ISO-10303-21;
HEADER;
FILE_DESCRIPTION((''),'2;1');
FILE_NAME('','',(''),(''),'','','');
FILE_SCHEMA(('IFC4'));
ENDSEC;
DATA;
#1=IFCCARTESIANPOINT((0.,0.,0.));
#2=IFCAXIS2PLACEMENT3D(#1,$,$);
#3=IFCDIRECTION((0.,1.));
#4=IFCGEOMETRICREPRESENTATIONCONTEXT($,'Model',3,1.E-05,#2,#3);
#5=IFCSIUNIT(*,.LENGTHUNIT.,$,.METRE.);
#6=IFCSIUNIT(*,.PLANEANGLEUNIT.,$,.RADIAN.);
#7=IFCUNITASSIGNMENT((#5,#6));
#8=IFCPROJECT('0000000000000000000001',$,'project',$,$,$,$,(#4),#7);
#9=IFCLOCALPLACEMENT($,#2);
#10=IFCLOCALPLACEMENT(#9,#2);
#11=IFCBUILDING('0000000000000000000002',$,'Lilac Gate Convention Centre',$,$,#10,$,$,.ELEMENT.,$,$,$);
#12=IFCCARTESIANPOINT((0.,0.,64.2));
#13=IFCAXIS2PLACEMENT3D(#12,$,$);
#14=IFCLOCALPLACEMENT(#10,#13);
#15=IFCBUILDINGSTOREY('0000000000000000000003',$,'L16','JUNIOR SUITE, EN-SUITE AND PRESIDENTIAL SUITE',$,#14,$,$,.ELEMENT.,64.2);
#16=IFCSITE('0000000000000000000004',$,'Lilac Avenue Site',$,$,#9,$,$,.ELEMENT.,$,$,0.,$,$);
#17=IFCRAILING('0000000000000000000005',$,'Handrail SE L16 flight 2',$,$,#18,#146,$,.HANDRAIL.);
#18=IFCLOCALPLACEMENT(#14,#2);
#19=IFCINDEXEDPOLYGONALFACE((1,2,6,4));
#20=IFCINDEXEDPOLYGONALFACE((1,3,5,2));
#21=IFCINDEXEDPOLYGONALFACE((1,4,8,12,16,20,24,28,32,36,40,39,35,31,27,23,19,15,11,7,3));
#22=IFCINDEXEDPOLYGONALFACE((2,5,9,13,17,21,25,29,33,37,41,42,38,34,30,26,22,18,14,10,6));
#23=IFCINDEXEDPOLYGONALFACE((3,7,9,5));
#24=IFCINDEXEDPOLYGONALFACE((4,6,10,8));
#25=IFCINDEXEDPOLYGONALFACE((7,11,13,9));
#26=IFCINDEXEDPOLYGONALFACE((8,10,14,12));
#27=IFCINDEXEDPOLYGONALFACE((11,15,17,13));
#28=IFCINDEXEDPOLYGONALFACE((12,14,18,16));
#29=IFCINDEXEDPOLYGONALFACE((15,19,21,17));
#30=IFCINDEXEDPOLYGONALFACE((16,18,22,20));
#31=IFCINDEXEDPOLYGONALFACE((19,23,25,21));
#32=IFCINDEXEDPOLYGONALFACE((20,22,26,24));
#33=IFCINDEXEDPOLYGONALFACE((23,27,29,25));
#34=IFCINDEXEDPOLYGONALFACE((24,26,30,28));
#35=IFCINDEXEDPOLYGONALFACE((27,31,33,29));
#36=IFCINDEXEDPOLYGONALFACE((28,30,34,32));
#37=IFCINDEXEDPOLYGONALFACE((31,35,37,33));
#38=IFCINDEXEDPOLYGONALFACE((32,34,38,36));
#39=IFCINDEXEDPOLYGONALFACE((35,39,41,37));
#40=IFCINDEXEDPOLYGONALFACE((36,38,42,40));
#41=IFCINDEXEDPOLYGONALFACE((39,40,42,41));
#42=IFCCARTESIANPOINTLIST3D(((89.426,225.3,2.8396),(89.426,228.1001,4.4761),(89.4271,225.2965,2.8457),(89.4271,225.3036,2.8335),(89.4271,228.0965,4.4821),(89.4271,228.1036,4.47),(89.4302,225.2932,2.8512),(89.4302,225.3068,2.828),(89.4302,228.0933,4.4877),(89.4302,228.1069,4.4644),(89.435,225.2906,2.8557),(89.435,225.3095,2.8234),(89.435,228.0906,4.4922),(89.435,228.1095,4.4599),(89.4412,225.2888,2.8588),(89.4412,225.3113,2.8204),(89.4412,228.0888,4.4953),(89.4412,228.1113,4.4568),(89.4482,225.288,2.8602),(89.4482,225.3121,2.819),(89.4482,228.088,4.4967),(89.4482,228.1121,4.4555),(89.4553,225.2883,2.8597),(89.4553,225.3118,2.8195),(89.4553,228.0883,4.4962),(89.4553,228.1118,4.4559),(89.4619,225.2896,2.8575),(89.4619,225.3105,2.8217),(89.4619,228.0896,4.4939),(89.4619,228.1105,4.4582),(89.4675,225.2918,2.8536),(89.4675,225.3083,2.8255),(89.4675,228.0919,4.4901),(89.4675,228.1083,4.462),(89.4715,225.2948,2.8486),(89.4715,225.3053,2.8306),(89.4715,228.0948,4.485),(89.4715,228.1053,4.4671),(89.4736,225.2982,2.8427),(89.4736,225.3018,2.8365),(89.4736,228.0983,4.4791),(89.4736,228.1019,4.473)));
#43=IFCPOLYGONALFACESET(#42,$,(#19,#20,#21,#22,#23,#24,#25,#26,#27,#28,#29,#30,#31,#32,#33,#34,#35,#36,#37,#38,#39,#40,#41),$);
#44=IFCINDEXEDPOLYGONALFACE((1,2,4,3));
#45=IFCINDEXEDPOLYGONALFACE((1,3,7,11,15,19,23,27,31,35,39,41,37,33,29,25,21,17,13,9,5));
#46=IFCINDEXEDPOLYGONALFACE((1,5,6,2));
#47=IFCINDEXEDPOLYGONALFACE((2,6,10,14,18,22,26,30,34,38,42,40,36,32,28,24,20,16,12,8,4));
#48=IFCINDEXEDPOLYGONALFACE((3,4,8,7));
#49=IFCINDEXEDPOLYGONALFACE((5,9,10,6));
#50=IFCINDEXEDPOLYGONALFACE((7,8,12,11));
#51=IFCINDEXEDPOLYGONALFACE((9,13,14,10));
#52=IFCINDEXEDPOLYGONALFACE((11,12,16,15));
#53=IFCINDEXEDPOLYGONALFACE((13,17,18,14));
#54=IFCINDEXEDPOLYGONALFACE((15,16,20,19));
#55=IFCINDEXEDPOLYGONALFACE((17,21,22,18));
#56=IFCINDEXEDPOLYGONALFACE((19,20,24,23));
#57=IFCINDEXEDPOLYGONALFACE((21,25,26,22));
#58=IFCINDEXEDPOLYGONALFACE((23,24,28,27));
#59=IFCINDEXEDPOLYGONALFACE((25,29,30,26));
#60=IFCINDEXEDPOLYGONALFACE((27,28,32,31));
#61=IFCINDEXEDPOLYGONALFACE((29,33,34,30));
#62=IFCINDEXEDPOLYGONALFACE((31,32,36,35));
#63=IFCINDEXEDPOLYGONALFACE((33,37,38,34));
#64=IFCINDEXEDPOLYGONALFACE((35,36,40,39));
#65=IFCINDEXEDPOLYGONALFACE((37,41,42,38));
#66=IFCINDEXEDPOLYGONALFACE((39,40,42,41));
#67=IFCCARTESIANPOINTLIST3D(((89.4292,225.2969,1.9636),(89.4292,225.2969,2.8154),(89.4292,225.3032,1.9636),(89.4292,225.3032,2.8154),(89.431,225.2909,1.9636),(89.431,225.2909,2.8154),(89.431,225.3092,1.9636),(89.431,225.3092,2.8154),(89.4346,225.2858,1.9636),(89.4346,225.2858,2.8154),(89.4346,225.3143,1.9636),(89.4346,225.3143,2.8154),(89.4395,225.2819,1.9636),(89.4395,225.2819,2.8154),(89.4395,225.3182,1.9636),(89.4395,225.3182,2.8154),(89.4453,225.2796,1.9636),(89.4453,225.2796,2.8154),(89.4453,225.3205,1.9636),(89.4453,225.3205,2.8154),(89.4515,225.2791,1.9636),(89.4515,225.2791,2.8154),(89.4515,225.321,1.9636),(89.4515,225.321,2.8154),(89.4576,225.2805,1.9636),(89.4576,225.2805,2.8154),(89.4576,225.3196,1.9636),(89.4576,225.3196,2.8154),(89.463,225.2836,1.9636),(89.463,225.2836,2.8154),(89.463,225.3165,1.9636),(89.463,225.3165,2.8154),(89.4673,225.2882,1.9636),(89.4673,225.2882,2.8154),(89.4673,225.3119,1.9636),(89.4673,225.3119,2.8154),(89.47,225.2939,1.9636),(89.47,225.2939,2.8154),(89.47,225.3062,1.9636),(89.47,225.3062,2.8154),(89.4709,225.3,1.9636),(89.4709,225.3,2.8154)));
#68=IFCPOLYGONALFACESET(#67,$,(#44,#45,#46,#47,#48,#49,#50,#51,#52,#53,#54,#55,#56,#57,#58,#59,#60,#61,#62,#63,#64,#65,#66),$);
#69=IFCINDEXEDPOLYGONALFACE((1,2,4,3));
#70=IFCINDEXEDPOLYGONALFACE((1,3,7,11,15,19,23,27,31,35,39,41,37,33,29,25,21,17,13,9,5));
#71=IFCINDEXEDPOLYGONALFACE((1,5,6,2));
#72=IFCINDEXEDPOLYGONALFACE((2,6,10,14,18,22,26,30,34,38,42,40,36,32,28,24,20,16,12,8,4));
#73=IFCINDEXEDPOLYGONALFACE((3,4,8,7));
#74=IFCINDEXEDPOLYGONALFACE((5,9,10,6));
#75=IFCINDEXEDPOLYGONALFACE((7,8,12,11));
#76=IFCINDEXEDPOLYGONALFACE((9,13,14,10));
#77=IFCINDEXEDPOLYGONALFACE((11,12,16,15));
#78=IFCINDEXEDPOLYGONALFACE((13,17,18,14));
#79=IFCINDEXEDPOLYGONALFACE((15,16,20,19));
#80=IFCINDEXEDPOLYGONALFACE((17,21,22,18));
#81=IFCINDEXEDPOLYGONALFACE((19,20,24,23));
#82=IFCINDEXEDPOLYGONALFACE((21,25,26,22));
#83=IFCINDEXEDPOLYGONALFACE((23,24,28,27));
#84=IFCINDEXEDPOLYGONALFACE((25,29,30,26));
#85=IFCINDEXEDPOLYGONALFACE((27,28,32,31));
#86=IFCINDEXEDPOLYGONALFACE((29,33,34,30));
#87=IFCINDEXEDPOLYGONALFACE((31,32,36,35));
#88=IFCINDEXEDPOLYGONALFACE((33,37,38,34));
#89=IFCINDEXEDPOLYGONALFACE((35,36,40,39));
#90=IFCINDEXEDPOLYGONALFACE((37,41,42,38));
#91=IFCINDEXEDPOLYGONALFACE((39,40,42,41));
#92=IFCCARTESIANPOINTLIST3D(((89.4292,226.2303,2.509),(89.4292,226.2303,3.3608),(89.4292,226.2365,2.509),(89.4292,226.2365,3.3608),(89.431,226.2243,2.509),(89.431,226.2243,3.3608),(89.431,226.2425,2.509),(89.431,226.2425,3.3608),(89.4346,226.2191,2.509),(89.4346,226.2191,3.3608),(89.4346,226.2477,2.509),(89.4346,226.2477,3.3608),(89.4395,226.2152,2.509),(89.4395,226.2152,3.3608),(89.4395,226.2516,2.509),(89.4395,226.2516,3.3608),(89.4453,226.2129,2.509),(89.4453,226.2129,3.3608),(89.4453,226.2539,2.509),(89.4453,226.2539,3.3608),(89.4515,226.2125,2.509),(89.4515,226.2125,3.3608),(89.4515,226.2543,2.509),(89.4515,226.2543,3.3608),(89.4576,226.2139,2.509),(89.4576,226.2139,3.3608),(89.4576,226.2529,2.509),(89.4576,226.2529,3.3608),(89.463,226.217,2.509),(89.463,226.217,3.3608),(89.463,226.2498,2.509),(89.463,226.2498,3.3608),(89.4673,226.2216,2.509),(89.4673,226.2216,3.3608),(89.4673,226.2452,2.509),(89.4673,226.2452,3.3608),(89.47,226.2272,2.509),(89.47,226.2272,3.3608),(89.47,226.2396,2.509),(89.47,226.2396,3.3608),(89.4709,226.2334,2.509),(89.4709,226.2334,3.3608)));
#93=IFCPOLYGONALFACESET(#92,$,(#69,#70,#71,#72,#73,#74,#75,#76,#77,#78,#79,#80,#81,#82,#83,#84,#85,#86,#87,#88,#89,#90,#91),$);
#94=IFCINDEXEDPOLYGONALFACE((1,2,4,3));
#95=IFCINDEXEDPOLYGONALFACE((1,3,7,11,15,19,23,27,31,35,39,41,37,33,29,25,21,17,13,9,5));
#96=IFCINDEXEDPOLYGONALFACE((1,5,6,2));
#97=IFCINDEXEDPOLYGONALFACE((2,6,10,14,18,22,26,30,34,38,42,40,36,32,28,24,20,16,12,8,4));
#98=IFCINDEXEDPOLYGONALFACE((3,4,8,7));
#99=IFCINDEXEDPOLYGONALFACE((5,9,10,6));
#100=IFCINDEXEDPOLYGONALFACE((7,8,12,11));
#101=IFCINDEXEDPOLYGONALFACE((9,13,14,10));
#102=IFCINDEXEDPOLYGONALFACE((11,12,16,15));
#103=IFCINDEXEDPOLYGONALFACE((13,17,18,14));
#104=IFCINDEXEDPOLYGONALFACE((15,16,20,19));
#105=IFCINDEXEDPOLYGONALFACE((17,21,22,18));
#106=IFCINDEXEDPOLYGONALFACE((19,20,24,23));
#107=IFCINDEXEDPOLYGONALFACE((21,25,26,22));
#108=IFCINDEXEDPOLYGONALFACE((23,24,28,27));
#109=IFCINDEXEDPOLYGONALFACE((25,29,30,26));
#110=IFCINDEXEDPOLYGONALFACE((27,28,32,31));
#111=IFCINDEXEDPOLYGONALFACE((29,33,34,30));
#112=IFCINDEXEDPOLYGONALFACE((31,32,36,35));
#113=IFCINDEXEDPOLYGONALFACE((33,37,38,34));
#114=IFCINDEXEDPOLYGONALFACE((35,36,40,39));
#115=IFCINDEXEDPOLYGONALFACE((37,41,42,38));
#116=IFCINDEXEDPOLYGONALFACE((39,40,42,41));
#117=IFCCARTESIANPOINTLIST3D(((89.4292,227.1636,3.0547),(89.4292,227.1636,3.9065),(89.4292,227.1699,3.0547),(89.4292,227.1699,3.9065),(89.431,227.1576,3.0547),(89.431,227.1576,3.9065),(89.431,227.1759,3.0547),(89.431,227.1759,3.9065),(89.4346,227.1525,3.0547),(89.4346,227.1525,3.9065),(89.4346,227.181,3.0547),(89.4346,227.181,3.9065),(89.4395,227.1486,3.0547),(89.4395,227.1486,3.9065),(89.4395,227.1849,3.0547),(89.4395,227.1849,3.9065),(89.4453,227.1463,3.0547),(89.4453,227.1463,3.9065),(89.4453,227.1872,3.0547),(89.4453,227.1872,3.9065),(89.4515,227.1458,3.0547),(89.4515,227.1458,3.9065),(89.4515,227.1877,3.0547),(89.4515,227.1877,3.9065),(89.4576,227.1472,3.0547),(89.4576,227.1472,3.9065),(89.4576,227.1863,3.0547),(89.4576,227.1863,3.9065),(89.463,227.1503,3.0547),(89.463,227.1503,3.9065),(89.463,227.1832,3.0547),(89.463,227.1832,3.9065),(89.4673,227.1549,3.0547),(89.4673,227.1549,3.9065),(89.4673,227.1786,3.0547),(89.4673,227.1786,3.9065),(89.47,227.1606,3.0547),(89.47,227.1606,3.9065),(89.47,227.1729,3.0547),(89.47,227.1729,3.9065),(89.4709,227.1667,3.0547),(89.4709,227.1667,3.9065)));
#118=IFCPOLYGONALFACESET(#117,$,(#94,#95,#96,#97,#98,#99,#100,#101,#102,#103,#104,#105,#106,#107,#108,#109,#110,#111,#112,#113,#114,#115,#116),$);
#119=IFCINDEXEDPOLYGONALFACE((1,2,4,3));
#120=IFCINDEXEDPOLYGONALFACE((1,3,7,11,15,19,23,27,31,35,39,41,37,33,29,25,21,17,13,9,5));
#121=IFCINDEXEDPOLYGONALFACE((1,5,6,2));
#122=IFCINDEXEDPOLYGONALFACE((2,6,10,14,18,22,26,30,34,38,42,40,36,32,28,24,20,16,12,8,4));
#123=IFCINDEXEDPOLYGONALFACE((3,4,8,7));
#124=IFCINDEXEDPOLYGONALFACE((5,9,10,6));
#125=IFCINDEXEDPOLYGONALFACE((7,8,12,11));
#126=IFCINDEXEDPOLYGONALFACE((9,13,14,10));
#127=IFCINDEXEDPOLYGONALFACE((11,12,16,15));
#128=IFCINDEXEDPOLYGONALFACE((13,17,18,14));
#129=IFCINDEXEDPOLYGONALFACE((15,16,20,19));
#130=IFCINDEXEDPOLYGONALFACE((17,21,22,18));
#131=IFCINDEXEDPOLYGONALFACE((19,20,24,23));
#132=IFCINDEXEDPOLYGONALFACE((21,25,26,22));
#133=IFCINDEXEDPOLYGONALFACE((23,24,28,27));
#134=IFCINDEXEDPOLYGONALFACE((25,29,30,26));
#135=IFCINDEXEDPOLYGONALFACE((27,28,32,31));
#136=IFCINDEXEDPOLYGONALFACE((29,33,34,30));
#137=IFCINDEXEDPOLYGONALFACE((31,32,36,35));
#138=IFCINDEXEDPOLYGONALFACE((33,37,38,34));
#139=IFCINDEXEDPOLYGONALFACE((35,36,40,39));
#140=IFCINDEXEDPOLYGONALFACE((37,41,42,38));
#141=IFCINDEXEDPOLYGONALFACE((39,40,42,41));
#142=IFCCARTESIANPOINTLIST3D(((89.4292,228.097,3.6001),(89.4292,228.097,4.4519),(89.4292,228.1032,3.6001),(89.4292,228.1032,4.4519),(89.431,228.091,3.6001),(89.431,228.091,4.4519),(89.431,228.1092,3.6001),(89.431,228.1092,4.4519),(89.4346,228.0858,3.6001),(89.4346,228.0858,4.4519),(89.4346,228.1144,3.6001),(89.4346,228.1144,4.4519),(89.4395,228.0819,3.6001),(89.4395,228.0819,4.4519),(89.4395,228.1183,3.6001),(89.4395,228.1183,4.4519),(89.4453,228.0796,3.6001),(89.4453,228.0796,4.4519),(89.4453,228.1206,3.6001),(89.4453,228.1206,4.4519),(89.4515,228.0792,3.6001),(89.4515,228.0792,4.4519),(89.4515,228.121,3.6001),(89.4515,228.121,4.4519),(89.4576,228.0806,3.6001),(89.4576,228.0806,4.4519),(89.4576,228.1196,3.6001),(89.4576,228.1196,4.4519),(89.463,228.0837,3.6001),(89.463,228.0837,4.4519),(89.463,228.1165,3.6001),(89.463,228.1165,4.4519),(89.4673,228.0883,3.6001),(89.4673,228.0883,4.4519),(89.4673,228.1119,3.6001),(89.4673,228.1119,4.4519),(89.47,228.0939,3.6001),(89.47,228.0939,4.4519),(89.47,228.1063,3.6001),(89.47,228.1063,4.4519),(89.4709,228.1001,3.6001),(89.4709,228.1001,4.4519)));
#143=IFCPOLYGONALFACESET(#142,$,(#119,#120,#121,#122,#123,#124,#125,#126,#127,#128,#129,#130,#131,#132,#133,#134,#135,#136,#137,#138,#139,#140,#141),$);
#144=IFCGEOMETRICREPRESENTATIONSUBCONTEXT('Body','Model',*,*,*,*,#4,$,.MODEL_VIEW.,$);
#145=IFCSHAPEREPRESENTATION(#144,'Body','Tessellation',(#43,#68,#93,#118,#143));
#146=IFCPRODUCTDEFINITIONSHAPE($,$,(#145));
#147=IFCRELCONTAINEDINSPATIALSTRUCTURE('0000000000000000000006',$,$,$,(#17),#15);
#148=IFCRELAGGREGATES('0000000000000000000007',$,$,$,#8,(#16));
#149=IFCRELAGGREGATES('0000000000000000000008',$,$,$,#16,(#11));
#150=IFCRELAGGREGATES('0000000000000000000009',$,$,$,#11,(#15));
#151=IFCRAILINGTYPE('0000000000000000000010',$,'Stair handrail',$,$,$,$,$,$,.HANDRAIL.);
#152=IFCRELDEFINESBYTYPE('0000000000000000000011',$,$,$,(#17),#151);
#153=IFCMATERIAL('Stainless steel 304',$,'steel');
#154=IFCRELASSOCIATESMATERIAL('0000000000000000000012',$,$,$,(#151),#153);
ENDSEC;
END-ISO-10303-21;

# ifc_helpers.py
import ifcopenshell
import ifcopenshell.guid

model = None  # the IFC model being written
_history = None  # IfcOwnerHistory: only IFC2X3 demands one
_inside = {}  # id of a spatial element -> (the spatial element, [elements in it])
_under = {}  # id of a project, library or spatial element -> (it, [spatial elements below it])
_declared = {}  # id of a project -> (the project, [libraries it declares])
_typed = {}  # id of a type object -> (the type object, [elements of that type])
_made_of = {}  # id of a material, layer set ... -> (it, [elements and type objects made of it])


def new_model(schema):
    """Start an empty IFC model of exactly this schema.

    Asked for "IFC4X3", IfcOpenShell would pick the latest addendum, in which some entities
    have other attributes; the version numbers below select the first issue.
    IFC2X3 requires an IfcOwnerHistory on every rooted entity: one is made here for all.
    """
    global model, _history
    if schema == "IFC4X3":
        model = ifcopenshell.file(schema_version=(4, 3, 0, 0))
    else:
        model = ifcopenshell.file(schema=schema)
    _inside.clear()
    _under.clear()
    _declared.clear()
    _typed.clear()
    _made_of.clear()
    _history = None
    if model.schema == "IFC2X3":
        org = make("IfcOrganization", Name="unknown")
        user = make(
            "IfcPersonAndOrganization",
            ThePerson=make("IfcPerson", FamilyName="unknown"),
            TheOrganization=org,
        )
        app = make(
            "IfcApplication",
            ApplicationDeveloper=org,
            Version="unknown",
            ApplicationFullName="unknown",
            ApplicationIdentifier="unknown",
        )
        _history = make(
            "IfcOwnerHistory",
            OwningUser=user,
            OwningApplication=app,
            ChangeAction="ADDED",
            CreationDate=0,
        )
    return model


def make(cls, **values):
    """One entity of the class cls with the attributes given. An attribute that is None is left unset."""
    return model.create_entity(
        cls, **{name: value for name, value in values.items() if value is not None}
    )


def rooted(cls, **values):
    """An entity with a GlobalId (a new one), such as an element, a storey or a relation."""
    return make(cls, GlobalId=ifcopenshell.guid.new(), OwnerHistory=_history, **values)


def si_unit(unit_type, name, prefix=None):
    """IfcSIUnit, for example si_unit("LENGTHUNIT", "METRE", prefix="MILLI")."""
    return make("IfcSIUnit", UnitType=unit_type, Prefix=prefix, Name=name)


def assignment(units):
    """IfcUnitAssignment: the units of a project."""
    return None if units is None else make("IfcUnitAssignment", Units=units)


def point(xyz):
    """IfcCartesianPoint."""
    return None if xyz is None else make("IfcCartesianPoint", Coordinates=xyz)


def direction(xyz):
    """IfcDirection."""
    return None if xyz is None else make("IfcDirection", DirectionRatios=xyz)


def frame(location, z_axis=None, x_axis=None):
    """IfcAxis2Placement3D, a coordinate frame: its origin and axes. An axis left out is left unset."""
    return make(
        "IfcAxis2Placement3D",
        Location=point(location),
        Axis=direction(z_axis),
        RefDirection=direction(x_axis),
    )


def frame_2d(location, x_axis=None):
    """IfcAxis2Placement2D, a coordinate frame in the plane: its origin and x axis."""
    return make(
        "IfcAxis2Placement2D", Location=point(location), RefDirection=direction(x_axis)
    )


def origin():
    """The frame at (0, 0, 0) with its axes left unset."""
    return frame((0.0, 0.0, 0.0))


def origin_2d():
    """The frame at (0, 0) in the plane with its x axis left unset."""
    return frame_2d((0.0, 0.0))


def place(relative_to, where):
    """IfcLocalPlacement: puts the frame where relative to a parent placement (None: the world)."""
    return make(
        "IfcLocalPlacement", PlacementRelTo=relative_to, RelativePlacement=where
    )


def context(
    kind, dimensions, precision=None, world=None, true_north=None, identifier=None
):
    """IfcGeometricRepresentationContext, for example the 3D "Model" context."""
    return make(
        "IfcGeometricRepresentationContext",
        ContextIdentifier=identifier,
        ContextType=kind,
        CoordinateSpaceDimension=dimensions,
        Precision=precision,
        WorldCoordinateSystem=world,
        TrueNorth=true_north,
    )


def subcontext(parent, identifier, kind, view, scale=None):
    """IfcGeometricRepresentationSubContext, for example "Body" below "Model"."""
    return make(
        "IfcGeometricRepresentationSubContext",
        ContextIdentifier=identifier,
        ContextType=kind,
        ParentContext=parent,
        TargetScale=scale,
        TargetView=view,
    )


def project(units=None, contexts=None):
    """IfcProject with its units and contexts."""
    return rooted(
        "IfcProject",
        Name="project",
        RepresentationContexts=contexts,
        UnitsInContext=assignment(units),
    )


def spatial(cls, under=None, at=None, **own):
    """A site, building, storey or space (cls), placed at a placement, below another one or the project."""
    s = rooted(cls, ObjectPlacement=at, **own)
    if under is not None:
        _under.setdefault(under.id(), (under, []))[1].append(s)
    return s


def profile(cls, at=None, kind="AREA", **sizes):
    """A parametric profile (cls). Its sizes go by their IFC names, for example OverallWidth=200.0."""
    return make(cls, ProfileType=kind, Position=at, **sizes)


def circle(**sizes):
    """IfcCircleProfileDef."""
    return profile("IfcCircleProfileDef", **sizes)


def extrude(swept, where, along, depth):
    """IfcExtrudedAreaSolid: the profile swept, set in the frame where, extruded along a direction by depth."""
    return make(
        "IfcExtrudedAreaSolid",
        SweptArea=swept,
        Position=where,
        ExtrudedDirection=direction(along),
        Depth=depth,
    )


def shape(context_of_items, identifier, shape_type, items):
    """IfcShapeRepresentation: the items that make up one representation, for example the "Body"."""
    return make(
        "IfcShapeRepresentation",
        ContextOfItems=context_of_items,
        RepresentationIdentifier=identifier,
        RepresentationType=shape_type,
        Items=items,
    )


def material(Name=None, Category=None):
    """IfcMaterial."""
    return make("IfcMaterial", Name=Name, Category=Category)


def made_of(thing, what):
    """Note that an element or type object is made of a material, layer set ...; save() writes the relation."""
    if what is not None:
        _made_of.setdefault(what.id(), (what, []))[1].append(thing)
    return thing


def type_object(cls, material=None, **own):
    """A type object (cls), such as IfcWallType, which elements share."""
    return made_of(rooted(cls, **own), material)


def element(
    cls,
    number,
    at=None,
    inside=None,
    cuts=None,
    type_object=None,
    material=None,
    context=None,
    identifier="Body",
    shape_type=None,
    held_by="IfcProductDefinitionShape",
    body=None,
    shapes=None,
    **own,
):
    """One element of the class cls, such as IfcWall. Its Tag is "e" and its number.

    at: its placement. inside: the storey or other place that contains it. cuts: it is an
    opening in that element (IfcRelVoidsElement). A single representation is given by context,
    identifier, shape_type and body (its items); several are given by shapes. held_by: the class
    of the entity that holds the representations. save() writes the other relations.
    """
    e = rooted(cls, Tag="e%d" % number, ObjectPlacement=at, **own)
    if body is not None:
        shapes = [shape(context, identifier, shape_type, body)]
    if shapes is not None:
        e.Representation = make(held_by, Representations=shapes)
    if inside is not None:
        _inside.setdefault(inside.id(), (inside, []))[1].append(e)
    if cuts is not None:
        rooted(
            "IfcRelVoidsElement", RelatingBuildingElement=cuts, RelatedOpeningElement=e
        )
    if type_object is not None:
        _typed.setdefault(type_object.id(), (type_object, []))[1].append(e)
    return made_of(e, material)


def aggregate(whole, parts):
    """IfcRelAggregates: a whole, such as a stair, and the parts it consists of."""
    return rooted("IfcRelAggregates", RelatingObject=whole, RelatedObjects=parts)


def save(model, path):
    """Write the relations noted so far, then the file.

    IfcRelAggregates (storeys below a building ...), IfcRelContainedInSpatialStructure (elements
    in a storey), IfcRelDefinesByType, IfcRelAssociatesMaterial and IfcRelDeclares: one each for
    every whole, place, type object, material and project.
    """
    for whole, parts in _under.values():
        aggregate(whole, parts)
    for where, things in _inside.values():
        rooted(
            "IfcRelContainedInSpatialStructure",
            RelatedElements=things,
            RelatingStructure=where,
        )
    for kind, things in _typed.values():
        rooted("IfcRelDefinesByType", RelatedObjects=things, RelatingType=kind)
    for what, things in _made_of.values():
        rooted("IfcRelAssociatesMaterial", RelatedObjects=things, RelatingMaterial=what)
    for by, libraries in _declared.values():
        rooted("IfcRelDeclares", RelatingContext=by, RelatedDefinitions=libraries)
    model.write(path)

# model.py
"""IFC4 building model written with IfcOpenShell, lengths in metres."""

from ifc_helpers import new_model, si_unit, direction, frame, origin, origin_2d, place, context, subcontext, project, spatial, circle, extrude, material, type_object, element, save


model = new_model("IFC4")

# Units and contexts
model_context = context("Model", 3, precision=1e-05, world=origin(), true_north=direction((0.0, 1.0)))
body_context = subcontext(model_context, "Body", "Model", "MODEL_VIEW")
ifc_project = project(units=[si_unit("LENGTHUNIT", "METRE"), si_unit("PLANEANGLEUNIT", "RADIAN")], contexts=[model_context])

# Site, building, storey
site_placement = place(None, origin())
site = spatial("IfcSite", under=ifc_project, at=site_placement, Name="Lilac Avenue Site", CompositionType="ELEMENT", RefElevation=0.0)
building_placement = place(site_placement, origin())
building = spatial("IfcBuilding", under=site, at=building_placement, Name="Lilac Gate Convention Centre", CompositionType="ELEMENT")
storey_placement = place(building_placement, frame((0.0, 0.0, 64.2)))
storey = spatial("IfcBuildingStorey", under=building, at=storey_placement, Name="L16", Description="JUNIOR SUITE, EN-SUITE AND PRESIDENTIAL SUITE", CompositionType="ELEMENT", Elevation=64.2)

# Railing
ifc_material_1 = material(Name="Stainless steel 304", Category="steel")
railing_type = type_object("IfcRailingType", Name="Stair handrail", PredefinedType="HANDRAIL", material=ifc_material_1)
for number, where, name in (
    (1, (89.45, 225.3, 1.9636), "Handrail SE L16 flight 2"),
):
    element("IfcRailing", number, at=place(storey_placement, frame(where)), inside=storey, type_object=railing_type, Name=name, PredefinedType="HANDRAIL", context=body_context, shape_type="SweptSolid", body=[
        extrude(circle(Radius=0.0239, at=origin_2d()), frame((0.0, 0.0, 0.876), z_axis=(0.0, 0.863361, 0.504587), x_axis=(-1.0, 0.0, 0.0)), (0.0, 0.0, 1.0), 3.2432),
        extrude(circle(Radius=0.021, at=origin_2d()), origin(), (0.0, 0.0, 1.0), 0.8518),
        extrude(circle(Radius=0.021, at=origin_2d()), frame((0.0, 0.9333, 0.5454)), (0.0, 0.0, 1.0), 0.8518),
        extrude(circle(Radius=0.021, at=origin_2d()), frame((0.0, 1.8667, 1.0911)), (0.0, 0.0, 1.0), 0.8518),
        extrude(circle(Radius=0.021, at=origin_2d()), frame((0.0, 2.8, 1.6365)), (0.0, 0.0, 1.0), 0.8518),
    ])

save(model, "model.ifc")
